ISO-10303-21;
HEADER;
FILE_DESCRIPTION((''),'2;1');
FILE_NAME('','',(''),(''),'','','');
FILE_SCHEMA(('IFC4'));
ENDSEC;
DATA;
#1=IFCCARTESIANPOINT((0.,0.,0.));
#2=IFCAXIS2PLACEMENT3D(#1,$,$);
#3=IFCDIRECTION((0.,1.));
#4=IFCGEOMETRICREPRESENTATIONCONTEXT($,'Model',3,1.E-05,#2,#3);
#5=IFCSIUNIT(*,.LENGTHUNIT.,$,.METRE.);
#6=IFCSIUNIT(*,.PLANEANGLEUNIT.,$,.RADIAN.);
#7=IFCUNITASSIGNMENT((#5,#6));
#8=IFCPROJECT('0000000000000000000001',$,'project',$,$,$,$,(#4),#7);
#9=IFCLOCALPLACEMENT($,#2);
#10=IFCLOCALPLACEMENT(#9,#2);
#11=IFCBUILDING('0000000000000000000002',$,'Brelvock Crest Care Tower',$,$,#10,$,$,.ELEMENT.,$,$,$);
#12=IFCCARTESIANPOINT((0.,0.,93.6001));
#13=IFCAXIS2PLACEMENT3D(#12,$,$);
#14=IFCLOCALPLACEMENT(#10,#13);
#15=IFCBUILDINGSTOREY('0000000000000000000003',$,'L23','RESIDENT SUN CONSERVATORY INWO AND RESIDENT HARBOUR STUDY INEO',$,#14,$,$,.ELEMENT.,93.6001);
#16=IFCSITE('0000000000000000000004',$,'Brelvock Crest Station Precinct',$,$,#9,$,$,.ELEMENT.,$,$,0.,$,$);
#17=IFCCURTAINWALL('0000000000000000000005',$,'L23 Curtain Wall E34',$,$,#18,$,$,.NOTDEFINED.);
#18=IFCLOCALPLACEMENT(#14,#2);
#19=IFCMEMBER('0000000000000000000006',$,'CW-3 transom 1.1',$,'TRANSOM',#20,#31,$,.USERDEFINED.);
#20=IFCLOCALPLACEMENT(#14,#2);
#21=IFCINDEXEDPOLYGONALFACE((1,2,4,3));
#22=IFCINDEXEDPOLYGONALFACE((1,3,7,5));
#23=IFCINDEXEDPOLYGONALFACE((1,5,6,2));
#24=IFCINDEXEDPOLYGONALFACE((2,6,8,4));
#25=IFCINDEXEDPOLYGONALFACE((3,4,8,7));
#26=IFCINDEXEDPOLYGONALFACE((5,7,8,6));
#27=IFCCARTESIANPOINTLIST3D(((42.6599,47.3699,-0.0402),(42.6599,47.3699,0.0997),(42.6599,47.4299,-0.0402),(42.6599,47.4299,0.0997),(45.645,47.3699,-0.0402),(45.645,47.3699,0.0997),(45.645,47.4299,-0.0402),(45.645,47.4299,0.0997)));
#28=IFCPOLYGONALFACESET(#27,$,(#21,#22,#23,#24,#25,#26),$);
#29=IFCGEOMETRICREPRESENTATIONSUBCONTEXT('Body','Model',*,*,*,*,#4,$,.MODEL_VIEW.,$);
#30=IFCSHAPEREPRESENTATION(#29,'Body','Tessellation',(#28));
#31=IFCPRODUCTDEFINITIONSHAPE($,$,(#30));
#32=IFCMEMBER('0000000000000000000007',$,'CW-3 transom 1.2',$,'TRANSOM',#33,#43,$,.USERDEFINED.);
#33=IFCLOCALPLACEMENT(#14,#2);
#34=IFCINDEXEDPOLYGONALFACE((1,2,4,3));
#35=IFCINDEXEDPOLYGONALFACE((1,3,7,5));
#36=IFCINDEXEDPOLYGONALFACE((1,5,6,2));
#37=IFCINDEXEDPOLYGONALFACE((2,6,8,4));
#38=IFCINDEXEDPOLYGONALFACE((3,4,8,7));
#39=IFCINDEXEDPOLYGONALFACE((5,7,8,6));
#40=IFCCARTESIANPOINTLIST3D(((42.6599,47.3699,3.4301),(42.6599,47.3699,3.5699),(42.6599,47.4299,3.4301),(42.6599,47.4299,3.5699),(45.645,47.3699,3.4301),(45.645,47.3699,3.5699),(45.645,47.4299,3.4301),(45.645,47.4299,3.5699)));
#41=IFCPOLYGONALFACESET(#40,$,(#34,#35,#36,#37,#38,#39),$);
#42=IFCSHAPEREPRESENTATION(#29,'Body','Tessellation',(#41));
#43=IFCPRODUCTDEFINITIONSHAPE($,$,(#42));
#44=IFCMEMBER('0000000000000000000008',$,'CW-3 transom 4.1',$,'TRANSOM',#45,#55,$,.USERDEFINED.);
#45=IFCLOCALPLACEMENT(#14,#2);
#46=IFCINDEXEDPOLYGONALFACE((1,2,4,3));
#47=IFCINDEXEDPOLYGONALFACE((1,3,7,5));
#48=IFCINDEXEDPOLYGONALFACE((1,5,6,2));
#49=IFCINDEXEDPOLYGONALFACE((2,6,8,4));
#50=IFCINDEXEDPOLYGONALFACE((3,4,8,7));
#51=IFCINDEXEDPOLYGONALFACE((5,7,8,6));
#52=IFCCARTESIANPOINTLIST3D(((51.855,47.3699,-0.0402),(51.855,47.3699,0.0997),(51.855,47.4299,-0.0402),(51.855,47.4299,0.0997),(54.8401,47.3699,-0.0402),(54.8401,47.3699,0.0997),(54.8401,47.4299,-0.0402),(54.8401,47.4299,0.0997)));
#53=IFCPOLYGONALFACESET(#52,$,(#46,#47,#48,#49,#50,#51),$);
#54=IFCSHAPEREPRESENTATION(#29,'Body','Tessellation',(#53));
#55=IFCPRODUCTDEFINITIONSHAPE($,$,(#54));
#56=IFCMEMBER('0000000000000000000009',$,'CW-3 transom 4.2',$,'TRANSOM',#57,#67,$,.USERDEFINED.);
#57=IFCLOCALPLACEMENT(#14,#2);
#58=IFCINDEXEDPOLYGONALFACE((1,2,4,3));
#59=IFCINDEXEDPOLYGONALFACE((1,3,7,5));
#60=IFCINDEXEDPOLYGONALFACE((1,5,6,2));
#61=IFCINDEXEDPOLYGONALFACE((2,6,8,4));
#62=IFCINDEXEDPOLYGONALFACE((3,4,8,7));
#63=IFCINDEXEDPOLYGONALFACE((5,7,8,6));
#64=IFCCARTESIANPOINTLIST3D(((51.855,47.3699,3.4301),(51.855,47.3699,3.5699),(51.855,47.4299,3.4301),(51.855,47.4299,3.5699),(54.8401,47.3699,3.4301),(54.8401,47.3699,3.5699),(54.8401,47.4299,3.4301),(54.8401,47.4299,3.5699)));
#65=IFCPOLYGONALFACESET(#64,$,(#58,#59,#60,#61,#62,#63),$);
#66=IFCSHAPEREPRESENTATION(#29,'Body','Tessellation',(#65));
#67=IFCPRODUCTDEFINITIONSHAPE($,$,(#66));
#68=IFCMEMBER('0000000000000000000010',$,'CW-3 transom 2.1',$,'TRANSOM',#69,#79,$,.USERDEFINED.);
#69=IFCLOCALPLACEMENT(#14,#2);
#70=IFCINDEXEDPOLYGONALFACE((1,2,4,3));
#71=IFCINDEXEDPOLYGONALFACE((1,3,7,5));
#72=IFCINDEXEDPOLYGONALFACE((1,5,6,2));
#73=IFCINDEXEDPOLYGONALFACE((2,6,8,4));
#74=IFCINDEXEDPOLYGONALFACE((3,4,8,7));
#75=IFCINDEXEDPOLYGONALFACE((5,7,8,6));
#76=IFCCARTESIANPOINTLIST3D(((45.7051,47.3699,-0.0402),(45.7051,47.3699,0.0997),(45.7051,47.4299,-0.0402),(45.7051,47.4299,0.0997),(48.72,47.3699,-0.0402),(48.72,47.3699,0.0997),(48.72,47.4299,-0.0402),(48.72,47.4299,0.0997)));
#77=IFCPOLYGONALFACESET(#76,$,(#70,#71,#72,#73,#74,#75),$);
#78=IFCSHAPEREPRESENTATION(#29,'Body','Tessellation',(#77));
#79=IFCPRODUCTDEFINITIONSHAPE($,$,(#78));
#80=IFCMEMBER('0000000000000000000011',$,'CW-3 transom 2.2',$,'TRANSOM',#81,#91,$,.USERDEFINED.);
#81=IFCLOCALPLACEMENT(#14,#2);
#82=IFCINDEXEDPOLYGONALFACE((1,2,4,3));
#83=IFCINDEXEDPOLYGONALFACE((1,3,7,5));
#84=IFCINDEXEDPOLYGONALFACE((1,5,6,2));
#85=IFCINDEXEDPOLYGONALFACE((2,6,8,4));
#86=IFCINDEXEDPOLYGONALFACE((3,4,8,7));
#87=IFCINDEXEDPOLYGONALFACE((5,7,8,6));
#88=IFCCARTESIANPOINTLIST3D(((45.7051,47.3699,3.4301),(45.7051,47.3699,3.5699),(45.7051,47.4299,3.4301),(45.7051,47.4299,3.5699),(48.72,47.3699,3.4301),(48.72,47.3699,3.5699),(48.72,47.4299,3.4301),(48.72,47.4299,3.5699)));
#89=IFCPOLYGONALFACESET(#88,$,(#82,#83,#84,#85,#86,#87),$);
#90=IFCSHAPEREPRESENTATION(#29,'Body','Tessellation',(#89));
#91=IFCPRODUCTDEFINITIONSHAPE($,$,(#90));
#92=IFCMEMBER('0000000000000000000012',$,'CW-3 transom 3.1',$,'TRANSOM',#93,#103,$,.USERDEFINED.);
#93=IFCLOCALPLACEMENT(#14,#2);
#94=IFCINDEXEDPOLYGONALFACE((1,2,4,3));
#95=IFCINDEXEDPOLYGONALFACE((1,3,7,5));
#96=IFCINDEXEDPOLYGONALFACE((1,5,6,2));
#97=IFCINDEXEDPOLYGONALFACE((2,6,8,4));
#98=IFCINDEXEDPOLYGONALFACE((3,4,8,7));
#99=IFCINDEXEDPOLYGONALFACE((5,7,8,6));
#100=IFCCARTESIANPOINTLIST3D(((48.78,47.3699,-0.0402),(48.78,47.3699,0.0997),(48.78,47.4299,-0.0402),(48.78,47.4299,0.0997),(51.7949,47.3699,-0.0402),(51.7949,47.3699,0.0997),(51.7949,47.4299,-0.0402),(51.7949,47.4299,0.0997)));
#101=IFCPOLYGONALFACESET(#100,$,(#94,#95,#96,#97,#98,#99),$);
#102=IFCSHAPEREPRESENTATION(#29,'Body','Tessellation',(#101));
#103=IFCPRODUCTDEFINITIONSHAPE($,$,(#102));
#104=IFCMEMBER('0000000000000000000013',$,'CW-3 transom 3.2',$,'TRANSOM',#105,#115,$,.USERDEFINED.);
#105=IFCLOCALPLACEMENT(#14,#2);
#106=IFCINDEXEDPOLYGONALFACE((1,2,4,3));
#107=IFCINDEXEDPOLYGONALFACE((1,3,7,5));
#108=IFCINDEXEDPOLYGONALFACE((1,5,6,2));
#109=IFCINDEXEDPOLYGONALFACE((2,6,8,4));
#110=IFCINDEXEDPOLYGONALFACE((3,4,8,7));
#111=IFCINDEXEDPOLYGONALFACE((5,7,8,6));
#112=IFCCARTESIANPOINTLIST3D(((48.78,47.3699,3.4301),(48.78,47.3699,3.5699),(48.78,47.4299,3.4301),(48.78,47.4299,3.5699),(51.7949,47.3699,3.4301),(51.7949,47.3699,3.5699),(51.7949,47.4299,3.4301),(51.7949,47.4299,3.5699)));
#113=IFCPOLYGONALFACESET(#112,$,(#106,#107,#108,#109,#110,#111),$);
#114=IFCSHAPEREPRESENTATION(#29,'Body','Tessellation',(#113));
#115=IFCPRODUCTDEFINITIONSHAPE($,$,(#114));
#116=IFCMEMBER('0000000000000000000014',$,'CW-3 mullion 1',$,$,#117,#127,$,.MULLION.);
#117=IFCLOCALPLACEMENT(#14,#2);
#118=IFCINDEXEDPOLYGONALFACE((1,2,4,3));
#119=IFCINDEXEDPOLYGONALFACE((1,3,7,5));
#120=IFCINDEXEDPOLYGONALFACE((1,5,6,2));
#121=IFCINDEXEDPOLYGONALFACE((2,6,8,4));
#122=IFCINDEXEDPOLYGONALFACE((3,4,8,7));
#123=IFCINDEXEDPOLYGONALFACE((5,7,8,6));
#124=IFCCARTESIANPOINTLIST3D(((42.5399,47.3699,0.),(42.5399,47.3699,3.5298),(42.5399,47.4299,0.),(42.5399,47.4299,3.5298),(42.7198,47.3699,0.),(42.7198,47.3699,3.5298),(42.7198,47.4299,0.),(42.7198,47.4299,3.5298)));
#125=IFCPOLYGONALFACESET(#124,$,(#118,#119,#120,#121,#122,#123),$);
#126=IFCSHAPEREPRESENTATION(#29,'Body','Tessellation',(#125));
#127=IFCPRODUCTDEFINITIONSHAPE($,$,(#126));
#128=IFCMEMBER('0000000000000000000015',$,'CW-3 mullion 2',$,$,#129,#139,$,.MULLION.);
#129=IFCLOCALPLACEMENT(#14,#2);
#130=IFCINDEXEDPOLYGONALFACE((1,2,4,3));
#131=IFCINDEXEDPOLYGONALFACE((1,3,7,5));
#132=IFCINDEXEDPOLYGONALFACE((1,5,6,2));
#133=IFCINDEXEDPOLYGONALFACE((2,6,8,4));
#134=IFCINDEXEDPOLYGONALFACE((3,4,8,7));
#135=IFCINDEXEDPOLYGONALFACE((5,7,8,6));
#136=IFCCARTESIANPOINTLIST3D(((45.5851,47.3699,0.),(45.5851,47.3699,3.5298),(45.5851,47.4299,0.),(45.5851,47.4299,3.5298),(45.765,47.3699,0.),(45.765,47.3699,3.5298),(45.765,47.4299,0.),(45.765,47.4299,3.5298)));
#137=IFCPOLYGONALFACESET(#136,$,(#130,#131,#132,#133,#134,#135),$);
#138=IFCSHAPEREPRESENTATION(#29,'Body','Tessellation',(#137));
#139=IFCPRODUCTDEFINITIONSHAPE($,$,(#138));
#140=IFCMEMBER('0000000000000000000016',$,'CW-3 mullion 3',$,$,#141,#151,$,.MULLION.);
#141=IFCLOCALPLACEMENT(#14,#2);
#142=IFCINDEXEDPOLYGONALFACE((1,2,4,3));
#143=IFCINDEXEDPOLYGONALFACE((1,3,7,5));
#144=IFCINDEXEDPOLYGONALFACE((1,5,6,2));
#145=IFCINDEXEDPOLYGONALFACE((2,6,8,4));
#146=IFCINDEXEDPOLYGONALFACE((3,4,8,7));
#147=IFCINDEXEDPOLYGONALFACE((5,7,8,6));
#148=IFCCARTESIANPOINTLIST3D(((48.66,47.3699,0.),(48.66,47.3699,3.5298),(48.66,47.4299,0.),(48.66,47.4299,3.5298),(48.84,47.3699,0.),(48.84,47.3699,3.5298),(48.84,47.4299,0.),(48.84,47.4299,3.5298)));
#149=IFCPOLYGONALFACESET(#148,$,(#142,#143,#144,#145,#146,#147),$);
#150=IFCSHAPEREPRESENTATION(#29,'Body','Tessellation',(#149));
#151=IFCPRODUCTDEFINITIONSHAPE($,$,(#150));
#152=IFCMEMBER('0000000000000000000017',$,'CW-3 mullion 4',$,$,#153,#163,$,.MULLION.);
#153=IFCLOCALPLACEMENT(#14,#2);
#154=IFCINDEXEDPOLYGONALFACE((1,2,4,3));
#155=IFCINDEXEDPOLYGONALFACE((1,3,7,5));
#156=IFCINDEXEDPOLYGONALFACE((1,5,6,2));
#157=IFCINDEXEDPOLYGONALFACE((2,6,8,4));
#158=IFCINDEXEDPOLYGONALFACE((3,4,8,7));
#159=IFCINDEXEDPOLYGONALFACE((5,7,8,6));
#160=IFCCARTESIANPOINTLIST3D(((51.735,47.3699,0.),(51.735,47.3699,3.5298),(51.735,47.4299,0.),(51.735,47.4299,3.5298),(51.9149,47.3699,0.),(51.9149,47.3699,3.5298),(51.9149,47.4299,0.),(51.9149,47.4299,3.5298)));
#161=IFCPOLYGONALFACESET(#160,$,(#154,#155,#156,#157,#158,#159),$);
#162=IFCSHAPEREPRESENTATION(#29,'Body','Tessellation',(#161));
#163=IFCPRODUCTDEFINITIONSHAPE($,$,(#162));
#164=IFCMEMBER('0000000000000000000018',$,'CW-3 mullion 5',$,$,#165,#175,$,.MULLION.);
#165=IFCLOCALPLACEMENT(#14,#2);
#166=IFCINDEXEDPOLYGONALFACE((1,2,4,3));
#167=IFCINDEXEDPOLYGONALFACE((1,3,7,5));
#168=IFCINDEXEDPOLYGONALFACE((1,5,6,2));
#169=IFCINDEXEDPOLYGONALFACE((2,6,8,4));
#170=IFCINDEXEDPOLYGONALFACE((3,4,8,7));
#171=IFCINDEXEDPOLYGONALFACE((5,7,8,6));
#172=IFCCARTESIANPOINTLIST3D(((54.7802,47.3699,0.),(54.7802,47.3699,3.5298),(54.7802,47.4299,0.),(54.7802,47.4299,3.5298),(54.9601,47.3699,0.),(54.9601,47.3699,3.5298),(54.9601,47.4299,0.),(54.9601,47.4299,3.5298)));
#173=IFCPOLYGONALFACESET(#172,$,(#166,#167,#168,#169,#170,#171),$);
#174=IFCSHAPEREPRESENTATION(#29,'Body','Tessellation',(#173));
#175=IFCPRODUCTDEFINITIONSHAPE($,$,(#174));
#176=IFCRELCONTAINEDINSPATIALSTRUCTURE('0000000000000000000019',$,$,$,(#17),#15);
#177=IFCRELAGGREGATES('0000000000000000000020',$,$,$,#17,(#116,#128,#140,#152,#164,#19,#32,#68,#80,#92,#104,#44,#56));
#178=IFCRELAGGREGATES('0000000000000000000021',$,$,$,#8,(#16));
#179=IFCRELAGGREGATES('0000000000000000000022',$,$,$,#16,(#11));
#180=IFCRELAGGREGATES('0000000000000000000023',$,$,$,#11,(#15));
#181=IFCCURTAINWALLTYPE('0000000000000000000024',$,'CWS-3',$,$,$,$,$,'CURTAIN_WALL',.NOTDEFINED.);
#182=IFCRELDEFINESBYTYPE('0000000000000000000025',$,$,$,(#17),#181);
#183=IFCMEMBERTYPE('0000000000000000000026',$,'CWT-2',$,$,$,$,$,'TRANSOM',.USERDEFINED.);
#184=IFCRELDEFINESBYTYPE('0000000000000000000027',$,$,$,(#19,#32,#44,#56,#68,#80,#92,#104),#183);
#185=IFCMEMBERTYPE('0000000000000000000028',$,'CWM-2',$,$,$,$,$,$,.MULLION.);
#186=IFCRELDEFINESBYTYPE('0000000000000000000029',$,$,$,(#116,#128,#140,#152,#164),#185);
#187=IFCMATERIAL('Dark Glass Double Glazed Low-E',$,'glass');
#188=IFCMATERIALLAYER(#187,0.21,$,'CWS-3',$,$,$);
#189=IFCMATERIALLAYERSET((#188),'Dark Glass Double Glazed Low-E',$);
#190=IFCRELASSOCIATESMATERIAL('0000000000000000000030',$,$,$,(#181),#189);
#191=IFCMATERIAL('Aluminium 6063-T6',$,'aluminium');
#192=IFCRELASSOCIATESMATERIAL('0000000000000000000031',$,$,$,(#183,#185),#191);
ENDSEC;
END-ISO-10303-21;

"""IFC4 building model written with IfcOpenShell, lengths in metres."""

from ifc_helpers import new_model, si_unit, direction, frame, origin, origin_2d, place, context, subcontext, project, spatial, rectangle, extrude, source, transform, mapped, material, layer, layer_set, material_profile, profile_set, type_object, element, aggregate, save


model = new_model("IFC4")

# Units and contexts
model_context = context("Model", 3, precision=1e-05, world=origin(), true_north=direction((0.0, 1.0)))
body_context = subcontext(model_context, "Body", "Model", "MODEL_VIEW")
ifc_project = project(units=[si_unit("LENGTHUNIT", "METRE"), si_unit("PLANEANGLEUNIT", "RADIAN")], contexts=[model_context])

# Site, building, storey
site_placement = place(None, origin())
site = spatial("IfcSite", under=ifc_project, at=site_placement, Name="Brelvock Crest Station Precinct", CompositionType="ELEMENT", RefElevation=0.0)
building_placement = place(site_placement, origin())
building = spatial("IfcBuilding", under=site, at=building_placement, Name="Brelvock Crest Care Tower", CompositionType="ELEMENT")
storey_placement = place(building_placement, frame((0.0, 0.0, 93.6001)))
storey = spatial("IfcBuildingStorey", under=building, at=storey_placement, Name="L23", Description="RESIDENT SUN CONSERVATORY INWO AND RESIDENT HARBOUR STUDY INEO", CompositionType="ELEMENT", Elevation=93.6001)

# Curtain wall, members
ifc_material_1 = material(Name="Dark Glass Double Glazed Low-E", Category="glass")
ifc_layer_1 = layer(ifc_material_1, 0.21, Name="CWS-3")
ifc_layer_set_1 = layer_set([ifc_layer_1], Name="Dark Glass Double Glazed Low-E")
curtain_wall_type = type_object("IfcCurtainWallType", Name="CWS-3", ElementType="CURTAIN_WALL", PredefinedType="NOTDEFINED", material=ifc_layer_set_1)
curtain_wall_placement = place(storey_placement, origin())
curtain_wall = element("IfcCurtainWall", 1, at=curtain_wall_placement, inside=storey, type_object=curtain_wall_type, Name="L23 Curtain Wall E34", PredefinedType="NOTDEFINED")
ifc_material_2 = material(Name="Aluminium 6063-T6", Category="aluminium")
ifc_material_profile_1 = material_profile(ifc_material_2, rectangle(XDim=0.0601, YDim=0.1399, at=origin_2d()), Name="ALU60x140")
ifc_profile_set_1 = profile_set([ifc_material_profile_1], Name="Aluminium 6063-T6")
member_type_1 = type_object("IfcMemberType", Name="CWT-2", ElementType="TRANSOM", PredefinedType="USERDEFINED", material=ifc_profile_set_1)
shared_shape_1 = source(origin(), body_context, "Body", "SweptSolid", [
    extrude(rectangle(XDim=0.0601, YDim=0.1399, at=origin_2d()), origin(), (0.0, 0.0, 1.0), 2.9851),
])
member_1_placement = place(storey_placement, frame((42.6599, 47.3999, 0.0298), z_axis=(1.0, 0.0, 0.0), x_axis=(0.0, 1.0, 0.0)))
member_1 = element("IfcMember", 2, at=member_1_placement, type_object=member_type_1, Name="CW-3 transom 1.1", ObjectType="TRANSOM", PredefinedType="USERDEFINED", context=body_context, shape_type="MappedRepresentation", body=[
    mapped(shared_shape_1, transform((0.0, 0.0, 0.0), x_axis=(1.0, 0.0, 0.0), y_axis=(0.0, 1.0, 0.0), z_axis=(0.0, 0.0, 1.0), scale=1.0)),
])
member_2_placement = place(storey_placement, frame((42.6599, 47.3999, 3.5), z_axis=(1.0, 0.0, 0.0), x_axis=(0.0, 1.0, 0.0)))
member_2 = element("IfcMember", 3, at=member_2_placement, type_object=member_type_1, Name="CW-3 transom 1.2", ObjectType="TRANSOM", PredefinedType="USERDEFINED", context=body_context, shape_type="MappedRepresentation", body=[
    mapped(shared_shape_1, transform((0.0, 0.0, 0.0), x_axis=(1.0, 0.0, 0.0), y_axis=(0.0, 1.0, 0.0), z_axis=(0.0, 0.0, 1.0), scale=1.0)),
])
member_3_placement = place(storey_placement, frame((51.855, 47.3999, 0.0298), z_axis=(1.0, 0.0, 0.0), x_axis=(0.0, 1.0, 0.0)))
member_3 = element("IfcMember", 4, at=member_3_placement, type_object=member_type_1, Name="CW-3 transom 4.1", ObjectType="TRANSOM", PredefinedType="USERDEFINED", context=body_context, shape_type="MappedRepresentation", body=[
    mapped(shared_shape_1, transform((0.0, 0.0, 0.0), x_axis=(1.0, 0.0, 0.0), y_axis=(0.0, 1.0, 0.0), z_axis=(0.0, 0.0, 1.0), scale=1.0)),
])
member_4_placement = place(storey_placement, frame((51.855, 47.3999, 3.5), z_axis=(1.0, 0.0, 0.0), x_axis=(0.0, 1.0, 0.0)))
member_4 = element("IfcMember", 5, at=member_4_placement, type_object=member_type_1, Name="CW-3 transom 4.2", ObjectType="TRANSOM", PredefinedType="USERDEFINED", context=body_context, shape_type="MappedRepresentation", body=[
    mapped(shared_shape_1, transform((0.0, 0.0, 0.0), x_axis=(1.0, 0.0, 0.0), y_axis=(0.0, 1.0, 0.0), z_axis=(0.0, 0.0, 1.0), scale=1.0)),
])
shared_shape_2 = source(origin(), body_context, "Body", "SweptSolid", [
    extrude(rectangle(XDim=0.0601, YDim=0.1399, at=origin_2d()), origin(), (0.0, 0.0, 1.0), 3.0149),
])
member_5_placement = place(storey_placement, frame((45.7051, 47.3999, 0.0298), z_axis=(1.0, 0.0, 0.0), x_axis=(0.0, 1.0, 0.0)))
member_5 = element("IfcMember", 6, at=member_5_placement, type_object=member_type_1, Name="CW-3 transom 2.1", ObjectType="TRANSOM", PredefinedType="USERDEFINED", context=body_context, shape_type="MappedRepresentation", body=[
    mapped(shared_shape_2, transform((0.0, 0.0, 0.0), x_axis=(1.0, 0.0, 0.0), y_axis=(0.0, 1.0, 0.0), z_axis=(0.0, 0.0, 1.0), scale=1.0)),
])
member_6_placement = place(storey_placement, frame((45.7051, 47.3999, 3.5), z_axis=(1.0, 0.0, 0.0), x_axis=(0.0, 1.0, 0.0)))
member_6 = element("IfcMember", 7, at=member_6_placement, type_object=member_type_1, Name="CW-3 transom 2.2", ObjectType="TRANSOM", PredefinedType="USERDEFINED", context=body_context, shape_type="MappedRepresentation", body=[
    mapped(shared_shape_2, transform((0.0, 0.0, 0.0), x_axis=(1.0, 0.0, 0.0), y_axis=(0.0, 1.0, 0.0), z_axis=(0.0, 0.0, 1.0), scale=1.0)),
])
member_7_placement = place(storey_placement, frame((48.78, 47.3999, 0.0298), z_axis=(1.0, 0.0, 0.0), x_axis=(0.0, 1.0, 0.0)))
member_7 = element("IfcMember", 8, at=member_7_placement, type_object=member_type_1, Name="CW-3 transom 3.1", ObjectType="TRANSOM", PredefinedType="USERDEFINED", context=body_context, shape_type="MappedRepresentation", body=[
    mapped(shared_shape_2, transform((0.0, 0.0, 0.0), x_axis=(1.0, 0.0, 0.0), y_axis=(0.0, 1.0, 0.0), z_axis=(0.0, 0.0, 1.0), scale=1.0)),
])
member_8_placement = place(storey_placement, frame((48.78, 47.3999, 3.5), z_axis=(1.0, 0.0, 0.0), x_axis=(0.0, 1.0, 0.0)))
member_8 = element("IfcMember", 9, at=member_8_placement, type_object=member_type_1, Name="CW-3 transom 3.2", ObjectType="TRANSOM", PredefinedType="USERDEFINED", context=body_context, shape_type="MappedRepresentation", body=[
    mapped(shared_shape_2, transform((0.0, 0.0, 0.0), x_axis=(1.0, 0.0, 0.0), y_axis=(0.0, 1.0, 0.0), z_axis=(0.0, 0.0, 1.0), scale=1.0)),
])
ifc_material_profile_2 = material_profile(ifc_material_2, rectangle(XDim=0.0601, YDim=0.1799, at=origin_2d()), Name="ALU60x180")
ifc_profile_set_2 = profile_set([ifc_material_profile_2], Name="Aluminium 6063-T6")
member_type_2 = type_object("IfcMemberType", Name="CWM-2", PredefinedType="MULLION", material=ifc_profile_set_2)
shared_shape_3 = source(origin(), body_context, "Body", "SweptSolid", [
    extrude(rectangle(XDim=0.0601, YDim=0.1799, at=origin_2d()), origin(), (0.0, 0.0, 1.0), 3.5298),
])
member_9_placement = place(storey_placement, frame((42.6299, 47.3999, 0.0), z_axis=(0.0, 0.0, 1.0), x_axis=(0.0, 1.0, 0.0)))
member_9 = element("IfcMember", 10, at=member_9_placement, type_object=member_type_2, Name="CW-3 mullion 1", PredefinedType="MULLION", context=body_context, shape_type="MappedRepresentation", body=[
    mapped(shared_shape_3, transform((0.0, 0.0, 0.0), x_axis=(1.0, 0.0, 0.0), y_axis=(0.0, 1.0, 0.0), z_axis=(0.0, 0.0, 1.0), scale=1.0)),
])
member_10_placement = place(storey_placement, frame((45.675, 47.3999, 0.0), z_axis=(0.0, 0.0, 1.0), x_axis=(0.0, 1.0, 0.0)))
member_10 = element("IfcMember", 11, at=member_10_placement, type_object=member_type_2, Name="CW-3 mullion 2", PredefinedType="MULLION", context=body_context, shape_type="MappedRepresentation", body=[
    mapped(shared_shape_3, transform((0.0, 0.0, 0.0), x_axis=(1.0, 0.0, 0.0), y_axis=(0.0, 1.0, 0.0), z_axis=(0.0, 0.0, 1.0), scale=1.0)),
])
member_11_placement = place(storey_placement, frame((48.75, 47.3999, 0.0), z_axis=(0.0, 0.0, 1.0), x_axis=(0.0, 1.0, 0.0)))
member_11 = element("IfcMember", 12, at=member_11_placement, type_object=member_type_2, Name="CW-3 mullion 3", PredefinedType="MULLION", context=body_context, shape_type="MappedRepresentation", body=[
    mapped(shared_shape_3, transform((0.0, 0.0, 0.0), x_axis=(1.0, 0.0, 0.0), y_axis=(0.0, 1.0, 0.0), z_axis=(0.0, 0.0, 1.0), scale=1.0)),
])
member_12_placement = place(storey_placement, frame((51.825, 47.3999, 0.0), z_axis=(0.0, 0.0, 1.0), x_axis=(0.0, 1.0, 0.0)))
member_12 = element("IfcMember", 13, at=member_12_placement, type_object=member_type_2, Name="CW-3 mullion 4", PredefinedType="MULLION", context=body_context, shape_type="MappedRepresentation", body=[
    mapped(shared_shape_3, transform((0.0, 0.0, 0.0), x_axis=(1.0, 0.0, 0.0), y_axis=(0.0, 1.0, 0.0), z_axis=(0.0, 0.0, 1.0), scale=1.0)),
])
member_13_placement = place(storey_placement, frame((54.8701, 47.3999, 0.0), z_axis=(0.0, 0.0, 1.0), x_axis=(0.0, 1.0, 0.0)))
member_13 = element("IfcMember", 14, at=member_13_placement, type_object=member_type_2, Name="CW-3 mullion 5", PredefinedType="MULLION", context=body_context, shape_type="MappedRepresentation", body=[
    mapped(shared_shape_3, transform((0.0, 0.0, 0.0), x_axis=(1.0, 0.0, 0.0), y_axis=(0.0, 1.0, 0.0), z_axis=(0.0, 0.0, 1.0), scale=1.0)),
])
aggregate(curtain_wall, [member_9, member_10, member_11, member_12, member_13, member_1, member_2, member_5, member_6, member_7, member_8, member_3, member_4])

save(model, "model.ifc")
